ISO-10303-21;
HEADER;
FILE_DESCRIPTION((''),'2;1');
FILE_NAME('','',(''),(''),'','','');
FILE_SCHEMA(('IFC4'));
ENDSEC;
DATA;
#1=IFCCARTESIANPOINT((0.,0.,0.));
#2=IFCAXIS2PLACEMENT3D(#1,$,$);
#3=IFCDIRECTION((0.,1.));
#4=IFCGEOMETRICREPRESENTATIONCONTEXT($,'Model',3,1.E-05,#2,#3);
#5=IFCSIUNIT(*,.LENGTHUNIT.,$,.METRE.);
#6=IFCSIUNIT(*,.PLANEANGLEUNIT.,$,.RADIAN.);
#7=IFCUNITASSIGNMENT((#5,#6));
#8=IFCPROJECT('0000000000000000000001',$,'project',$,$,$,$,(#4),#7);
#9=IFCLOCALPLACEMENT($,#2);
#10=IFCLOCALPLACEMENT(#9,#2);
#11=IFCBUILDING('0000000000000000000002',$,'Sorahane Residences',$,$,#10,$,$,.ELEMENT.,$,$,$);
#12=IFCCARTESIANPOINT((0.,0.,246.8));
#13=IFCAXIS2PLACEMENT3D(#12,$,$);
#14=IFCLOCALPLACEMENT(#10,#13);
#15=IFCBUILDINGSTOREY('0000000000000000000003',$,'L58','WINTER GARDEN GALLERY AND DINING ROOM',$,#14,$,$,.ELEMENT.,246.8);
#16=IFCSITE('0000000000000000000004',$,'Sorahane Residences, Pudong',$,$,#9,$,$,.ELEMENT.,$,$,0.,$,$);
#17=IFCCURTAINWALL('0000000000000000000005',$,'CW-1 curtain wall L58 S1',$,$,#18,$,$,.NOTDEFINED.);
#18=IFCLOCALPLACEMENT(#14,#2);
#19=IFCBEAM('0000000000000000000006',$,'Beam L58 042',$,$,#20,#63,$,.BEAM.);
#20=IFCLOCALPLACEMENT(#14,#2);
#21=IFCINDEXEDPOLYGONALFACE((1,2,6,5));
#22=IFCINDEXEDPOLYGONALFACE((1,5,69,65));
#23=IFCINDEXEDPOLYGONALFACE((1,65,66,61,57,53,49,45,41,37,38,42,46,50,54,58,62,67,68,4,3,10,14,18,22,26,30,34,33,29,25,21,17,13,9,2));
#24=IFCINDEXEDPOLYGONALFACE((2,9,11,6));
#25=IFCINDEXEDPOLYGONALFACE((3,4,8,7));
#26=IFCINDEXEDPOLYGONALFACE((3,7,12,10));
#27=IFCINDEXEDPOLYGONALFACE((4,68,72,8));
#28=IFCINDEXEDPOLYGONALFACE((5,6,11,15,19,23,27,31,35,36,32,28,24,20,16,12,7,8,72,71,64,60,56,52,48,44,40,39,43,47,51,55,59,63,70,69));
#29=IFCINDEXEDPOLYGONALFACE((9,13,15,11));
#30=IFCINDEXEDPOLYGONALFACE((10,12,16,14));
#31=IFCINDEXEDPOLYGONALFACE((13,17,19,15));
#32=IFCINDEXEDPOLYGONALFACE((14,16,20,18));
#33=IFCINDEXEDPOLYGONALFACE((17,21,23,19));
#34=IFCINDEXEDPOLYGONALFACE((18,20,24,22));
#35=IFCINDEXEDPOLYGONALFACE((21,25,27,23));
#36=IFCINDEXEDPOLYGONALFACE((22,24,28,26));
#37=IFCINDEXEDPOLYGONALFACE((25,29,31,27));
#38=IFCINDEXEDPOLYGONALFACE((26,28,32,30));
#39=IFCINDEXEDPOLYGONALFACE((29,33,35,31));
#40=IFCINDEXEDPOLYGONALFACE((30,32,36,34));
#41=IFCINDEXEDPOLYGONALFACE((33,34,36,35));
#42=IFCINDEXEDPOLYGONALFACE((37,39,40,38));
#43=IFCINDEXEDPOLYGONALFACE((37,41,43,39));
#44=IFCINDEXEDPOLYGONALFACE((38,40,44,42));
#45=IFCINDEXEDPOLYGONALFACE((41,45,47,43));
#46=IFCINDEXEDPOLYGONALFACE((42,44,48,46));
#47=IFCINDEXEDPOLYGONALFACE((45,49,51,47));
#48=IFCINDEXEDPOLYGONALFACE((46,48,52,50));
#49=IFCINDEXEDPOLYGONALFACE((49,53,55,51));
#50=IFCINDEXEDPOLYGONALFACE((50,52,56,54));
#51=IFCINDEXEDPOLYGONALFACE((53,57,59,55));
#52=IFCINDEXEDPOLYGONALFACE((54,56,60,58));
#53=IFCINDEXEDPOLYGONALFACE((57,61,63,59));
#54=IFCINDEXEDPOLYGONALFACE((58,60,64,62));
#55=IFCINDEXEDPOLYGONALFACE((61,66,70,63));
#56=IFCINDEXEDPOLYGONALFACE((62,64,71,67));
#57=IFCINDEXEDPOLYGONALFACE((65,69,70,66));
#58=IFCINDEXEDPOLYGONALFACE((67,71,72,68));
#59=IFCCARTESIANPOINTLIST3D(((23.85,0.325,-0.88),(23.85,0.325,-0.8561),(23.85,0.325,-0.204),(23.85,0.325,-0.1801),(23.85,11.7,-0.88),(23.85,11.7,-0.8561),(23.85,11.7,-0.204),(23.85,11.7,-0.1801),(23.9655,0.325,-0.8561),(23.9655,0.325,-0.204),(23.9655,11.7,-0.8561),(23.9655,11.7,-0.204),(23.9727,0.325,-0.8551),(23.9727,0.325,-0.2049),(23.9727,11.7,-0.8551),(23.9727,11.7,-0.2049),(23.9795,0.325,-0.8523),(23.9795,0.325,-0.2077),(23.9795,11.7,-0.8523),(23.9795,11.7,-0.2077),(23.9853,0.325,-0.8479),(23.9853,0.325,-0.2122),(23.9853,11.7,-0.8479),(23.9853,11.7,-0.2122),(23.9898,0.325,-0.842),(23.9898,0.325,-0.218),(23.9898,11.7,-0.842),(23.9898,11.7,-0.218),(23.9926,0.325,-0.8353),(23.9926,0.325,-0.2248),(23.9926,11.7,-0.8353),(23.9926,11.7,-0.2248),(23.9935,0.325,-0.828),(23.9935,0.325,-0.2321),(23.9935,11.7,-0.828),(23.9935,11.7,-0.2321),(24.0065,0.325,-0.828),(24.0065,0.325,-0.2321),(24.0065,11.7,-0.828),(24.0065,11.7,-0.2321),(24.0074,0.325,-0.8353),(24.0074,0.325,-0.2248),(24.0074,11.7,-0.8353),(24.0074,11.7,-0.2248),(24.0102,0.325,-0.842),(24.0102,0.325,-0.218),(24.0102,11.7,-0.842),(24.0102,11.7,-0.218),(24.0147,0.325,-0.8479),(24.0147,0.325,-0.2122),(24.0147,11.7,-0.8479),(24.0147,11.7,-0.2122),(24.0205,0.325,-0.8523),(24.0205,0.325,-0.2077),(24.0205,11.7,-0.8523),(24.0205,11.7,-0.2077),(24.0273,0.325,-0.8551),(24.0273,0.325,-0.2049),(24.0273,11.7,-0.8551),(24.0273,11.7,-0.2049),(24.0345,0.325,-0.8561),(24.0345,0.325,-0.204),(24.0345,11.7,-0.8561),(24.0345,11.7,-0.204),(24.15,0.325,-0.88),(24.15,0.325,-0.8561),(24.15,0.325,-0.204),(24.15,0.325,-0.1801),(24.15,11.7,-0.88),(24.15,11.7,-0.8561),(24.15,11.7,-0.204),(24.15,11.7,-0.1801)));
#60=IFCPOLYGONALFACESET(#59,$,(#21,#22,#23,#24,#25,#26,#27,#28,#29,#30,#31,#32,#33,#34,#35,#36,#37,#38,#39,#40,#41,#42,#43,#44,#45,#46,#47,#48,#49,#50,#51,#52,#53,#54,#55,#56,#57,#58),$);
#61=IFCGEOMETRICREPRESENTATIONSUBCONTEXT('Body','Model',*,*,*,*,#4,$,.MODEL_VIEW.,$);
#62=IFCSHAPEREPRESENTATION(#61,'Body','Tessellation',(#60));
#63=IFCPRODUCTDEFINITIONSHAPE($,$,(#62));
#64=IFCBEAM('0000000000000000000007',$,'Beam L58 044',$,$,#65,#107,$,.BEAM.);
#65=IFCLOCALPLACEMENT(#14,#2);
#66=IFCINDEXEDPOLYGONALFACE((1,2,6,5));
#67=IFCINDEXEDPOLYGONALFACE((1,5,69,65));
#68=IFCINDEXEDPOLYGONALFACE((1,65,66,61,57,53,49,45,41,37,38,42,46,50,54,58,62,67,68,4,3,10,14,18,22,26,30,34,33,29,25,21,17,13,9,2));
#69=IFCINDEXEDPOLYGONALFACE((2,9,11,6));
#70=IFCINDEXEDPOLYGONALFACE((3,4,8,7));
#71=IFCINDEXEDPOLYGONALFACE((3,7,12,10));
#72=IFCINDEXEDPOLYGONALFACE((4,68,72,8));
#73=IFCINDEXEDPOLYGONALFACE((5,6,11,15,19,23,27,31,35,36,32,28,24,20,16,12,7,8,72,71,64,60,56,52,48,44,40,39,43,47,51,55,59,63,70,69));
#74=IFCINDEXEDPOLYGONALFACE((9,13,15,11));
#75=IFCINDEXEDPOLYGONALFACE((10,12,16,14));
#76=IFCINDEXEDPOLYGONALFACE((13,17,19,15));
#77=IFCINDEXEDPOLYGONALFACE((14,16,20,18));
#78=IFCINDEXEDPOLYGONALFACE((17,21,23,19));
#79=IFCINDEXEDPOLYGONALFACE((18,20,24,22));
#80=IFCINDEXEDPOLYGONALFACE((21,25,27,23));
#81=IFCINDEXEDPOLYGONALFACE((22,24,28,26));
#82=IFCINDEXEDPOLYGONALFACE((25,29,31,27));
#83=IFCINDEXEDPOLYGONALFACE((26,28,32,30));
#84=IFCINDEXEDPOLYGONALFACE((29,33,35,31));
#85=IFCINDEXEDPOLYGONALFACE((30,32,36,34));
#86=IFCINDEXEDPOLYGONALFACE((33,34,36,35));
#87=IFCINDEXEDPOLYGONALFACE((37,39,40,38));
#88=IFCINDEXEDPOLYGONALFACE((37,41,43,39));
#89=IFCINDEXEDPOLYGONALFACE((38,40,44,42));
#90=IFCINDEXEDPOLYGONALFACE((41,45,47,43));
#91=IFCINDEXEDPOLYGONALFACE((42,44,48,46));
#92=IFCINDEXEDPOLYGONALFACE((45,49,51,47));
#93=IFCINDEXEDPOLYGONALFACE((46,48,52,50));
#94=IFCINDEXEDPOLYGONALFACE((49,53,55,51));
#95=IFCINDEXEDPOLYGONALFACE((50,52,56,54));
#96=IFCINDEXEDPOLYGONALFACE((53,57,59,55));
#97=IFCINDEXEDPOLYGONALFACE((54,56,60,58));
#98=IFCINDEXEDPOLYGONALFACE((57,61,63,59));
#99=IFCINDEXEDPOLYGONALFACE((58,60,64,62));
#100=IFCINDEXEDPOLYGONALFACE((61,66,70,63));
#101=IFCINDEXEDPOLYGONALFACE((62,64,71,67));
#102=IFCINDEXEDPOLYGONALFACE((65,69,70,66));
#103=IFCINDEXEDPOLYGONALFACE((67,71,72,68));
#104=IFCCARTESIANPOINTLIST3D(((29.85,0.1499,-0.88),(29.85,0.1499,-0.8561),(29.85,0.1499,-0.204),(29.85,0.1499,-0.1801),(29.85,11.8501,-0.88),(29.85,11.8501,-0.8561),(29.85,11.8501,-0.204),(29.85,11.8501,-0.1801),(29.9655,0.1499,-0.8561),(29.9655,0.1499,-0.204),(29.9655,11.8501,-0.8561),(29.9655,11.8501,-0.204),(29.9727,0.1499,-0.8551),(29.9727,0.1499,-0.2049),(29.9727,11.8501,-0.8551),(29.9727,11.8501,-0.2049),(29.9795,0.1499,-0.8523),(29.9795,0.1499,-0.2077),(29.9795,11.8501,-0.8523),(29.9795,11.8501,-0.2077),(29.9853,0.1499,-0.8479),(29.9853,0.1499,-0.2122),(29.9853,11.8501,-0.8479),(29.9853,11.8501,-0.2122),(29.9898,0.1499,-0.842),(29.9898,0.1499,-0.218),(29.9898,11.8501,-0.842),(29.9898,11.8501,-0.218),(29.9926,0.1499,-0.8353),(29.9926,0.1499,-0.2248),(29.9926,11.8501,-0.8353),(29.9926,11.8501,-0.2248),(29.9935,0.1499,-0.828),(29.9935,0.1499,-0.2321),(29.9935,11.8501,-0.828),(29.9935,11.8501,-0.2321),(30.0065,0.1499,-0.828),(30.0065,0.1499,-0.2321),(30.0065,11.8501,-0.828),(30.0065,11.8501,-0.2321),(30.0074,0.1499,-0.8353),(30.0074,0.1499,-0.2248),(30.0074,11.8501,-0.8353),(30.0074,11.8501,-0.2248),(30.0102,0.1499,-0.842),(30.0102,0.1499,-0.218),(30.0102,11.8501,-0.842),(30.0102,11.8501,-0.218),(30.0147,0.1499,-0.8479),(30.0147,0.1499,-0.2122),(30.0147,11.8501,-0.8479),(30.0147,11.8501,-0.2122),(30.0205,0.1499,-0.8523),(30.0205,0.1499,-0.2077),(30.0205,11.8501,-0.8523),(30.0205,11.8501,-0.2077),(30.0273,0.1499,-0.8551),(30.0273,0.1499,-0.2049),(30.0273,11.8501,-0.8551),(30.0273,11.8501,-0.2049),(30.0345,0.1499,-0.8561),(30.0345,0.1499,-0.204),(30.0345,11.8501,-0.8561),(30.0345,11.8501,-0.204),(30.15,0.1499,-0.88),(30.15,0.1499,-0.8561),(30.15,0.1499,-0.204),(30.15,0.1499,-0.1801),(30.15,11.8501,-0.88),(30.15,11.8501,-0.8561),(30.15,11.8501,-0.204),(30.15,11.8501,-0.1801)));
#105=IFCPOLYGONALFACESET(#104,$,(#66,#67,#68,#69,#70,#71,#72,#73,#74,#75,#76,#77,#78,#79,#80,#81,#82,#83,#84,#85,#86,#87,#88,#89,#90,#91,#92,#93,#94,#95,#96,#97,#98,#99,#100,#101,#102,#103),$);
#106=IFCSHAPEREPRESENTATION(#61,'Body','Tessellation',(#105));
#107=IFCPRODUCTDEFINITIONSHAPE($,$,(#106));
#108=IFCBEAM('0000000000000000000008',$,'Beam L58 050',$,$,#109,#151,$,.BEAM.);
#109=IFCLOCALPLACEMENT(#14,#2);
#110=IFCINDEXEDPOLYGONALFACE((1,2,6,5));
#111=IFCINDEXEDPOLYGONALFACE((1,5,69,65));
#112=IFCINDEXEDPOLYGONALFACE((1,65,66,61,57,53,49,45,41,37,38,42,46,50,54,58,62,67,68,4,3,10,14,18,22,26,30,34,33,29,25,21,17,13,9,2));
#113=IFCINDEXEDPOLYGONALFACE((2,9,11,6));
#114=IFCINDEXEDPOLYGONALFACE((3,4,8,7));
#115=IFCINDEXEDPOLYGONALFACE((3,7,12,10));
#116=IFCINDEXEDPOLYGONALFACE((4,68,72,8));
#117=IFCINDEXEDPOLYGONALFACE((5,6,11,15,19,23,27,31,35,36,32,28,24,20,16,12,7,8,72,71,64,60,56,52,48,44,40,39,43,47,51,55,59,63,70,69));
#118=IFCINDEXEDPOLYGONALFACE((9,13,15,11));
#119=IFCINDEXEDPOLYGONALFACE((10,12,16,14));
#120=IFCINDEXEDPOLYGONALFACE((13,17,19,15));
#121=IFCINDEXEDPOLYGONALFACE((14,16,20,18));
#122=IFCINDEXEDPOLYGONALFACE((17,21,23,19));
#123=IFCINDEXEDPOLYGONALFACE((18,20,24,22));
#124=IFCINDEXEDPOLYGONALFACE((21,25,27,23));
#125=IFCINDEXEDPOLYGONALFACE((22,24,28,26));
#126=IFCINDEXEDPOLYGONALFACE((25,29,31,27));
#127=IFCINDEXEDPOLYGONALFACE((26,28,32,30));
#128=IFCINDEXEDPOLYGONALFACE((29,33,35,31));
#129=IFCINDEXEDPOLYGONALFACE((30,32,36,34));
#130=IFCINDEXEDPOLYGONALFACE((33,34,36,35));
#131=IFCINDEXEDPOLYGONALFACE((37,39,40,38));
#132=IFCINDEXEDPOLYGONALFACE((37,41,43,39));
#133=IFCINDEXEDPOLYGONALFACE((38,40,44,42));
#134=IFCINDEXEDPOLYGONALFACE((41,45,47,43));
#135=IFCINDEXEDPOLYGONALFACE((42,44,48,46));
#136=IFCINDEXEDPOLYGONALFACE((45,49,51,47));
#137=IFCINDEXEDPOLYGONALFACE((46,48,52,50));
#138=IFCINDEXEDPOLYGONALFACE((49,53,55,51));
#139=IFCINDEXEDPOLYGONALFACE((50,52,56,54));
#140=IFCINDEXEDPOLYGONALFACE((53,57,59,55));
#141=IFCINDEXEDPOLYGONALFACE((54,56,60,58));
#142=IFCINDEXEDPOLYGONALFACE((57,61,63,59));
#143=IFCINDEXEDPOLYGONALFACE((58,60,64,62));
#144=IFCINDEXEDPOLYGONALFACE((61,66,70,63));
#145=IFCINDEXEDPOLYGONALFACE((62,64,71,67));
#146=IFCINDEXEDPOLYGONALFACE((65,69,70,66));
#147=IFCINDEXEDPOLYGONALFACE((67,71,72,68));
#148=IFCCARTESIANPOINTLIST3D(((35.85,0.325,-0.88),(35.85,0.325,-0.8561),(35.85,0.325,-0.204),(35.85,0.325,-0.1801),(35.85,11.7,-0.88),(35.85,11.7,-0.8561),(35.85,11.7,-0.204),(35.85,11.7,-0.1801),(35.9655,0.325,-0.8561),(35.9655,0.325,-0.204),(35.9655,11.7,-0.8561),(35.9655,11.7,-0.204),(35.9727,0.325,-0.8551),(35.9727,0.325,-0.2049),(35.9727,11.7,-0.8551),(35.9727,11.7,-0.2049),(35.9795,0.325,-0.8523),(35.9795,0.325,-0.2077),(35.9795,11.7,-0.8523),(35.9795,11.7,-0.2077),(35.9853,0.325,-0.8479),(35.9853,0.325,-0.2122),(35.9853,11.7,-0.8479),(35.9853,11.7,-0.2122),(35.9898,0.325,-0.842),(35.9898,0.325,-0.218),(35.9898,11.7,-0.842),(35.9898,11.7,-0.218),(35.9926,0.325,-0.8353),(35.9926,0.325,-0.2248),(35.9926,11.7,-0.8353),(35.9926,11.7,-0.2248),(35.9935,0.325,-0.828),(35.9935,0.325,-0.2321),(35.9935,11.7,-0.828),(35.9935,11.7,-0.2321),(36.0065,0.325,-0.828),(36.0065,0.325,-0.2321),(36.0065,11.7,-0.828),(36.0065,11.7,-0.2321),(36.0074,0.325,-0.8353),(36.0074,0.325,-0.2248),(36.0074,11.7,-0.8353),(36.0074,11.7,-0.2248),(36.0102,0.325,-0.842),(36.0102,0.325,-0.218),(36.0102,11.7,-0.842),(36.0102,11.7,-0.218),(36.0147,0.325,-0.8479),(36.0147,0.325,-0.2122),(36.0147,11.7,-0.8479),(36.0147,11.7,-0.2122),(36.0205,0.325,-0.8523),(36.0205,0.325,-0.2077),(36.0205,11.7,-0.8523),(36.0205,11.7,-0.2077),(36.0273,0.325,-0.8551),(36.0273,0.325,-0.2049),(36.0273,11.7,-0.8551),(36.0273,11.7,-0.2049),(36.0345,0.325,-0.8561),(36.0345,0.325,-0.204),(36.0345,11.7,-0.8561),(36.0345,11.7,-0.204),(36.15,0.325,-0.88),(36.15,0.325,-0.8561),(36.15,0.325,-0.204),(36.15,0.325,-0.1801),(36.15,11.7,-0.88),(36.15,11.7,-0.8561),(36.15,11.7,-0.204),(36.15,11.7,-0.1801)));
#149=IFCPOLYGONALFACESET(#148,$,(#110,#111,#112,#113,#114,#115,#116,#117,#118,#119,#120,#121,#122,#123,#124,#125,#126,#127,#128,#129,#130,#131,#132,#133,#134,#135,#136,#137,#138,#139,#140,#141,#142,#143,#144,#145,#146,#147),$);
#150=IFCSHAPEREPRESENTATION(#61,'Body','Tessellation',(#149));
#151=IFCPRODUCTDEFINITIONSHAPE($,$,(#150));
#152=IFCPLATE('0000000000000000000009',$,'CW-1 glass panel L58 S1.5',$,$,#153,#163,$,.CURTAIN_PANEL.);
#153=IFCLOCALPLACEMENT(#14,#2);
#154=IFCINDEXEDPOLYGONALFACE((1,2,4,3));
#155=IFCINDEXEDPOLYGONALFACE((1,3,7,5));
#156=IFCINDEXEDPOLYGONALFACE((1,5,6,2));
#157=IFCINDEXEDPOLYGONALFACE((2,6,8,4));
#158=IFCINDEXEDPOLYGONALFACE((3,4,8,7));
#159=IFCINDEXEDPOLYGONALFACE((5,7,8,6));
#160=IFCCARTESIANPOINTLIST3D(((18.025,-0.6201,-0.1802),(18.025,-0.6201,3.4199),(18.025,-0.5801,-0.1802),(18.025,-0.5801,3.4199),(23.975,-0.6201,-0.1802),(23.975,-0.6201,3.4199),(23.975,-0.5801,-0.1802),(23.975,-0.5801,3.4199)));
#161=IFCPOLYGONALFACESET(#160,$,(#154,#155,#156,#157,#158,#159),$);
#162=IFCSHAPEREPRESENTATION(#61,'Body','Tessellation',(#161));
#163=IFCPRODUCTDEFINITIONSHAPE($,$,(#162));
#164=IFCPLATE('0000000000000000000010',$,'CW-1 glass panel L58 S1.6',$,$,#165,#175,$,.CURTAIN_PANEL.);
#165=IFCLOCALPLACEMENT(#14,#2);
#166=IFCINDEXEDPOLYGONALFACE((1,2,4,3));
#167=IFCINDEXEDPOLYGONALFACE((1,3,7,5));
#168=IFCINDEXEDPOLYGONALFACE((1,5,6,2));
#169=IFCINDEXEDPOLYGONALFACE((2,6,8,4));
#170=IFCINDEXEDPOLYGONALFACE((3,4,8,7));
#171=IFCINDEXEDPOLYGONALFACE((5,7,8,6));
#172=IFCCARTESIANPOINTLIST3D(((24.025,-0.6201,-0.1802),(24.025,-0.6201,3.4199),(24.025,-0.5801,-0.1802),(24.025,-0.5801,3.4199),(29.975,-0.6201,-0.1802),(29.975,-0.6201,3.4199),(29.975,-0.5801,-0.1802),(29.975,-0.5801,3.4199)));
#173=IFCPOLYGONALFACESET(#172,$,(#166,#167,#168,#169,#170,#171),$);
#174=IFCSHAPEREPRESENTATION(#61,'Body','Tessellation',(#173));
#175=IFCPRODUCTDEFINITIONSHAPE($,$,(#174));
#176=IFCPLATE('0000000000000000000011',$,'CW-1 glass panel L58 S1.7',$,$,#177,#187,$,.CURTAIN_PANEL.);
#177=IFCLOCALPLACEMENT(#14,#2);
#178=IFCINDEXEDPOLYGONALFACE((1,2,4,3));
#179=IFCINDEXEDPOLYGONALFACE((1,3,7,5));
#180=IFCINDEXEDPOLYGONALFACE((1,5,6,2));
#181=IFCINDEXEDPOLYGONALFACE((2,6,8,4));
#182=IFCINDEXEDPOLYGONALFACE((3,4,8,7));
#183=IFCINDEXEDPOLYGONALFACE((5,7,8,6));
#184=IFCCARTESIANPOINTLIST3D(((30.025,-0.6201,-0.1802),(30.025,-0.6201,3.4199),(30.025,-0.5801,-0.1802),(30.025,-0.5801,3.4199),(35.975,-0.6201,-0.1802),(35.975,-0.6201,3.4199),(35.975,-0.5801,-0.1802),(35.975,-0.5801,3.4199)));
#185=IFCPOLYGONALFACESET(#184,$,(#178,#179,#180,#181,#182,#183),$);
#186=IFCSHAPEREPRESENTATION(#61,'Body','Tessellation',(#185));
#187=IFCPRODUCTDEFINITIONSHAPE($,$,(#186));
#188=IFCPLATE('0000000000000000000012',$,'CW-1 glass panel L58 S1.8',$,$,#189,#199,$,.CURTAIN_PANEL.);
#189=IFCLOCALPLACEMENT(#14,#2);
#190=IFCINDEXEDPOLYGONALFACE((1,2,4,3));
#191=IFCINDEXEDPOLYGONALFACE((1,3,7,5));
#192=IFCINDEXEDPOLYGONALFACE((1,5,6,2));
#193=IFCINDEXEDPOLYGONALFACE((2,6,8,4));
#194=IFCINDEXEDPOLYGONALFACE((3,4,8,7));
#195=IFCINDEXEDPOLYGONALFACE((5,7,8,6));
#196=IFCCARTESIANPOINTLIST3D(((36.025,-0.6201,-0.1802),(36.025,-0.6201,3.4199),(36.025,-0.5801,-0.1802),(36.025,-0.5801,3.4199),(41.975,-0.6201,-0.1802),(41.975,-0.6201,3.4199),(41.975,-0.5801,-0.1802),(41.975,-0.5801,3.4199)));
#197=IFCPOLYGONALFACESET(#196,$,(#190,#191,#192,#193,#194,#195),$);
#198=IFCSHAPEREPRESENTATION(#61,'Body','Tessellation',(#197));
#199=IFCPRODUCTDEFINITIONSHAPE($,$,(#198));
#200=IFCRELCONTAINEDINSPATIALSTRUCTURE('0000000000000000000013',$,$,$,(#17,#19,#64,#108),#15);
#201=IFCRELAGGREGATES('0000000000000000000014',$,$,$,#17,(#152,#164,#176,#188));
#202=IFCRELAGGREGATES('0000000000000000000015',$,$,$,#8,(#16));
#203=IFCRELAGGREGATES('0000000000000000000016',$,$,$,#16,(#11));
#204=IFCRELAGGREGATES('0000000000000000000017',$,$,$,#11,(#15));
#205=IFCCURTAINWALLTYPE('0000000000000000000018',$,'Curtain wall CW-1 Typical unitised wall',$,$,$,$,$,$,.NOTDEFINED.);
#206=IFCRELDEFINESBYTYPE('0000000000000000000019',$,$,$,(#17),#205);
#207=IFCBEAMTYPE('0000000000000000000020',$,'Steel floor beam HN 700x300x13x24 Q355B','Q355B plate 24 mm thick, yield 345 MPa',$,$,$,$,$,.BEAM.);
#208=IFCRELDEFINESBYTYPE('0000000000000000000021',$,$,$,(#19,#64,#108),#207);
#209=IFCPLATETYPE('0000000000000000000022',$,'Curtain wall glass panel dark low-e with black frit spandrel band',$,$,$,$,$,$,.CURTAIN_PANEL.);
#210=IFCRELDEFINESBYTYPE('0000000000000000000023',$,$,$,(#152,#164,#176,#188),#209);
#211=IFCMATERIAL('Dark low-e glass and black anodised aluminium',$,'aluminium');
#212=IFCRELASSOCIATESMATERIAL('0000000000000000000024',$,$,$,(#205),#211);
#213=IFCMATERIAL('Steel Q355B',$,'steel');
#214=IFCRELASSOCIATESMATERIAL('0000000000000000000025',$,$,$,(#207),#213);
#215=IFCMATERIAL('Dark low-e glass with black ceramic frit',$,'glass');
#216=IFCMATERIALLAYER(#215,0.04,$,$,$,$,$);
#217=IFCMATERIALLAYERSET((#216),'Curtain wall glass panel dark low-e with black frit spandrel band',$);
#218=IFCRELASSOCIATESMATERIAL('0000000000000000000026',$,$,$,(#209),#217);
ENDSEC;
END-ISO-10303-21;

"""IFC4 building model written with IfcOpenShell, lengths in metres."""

from ifc_helpers import new_model, si_unit, direction, frame, origin, origin_2d, place, context, subcontext, project, spatial, rectangle, i_section, extrude, material, layer, layer_set, material_profile, profile_set, type_object, element, aggregate, save


model = new_model("IFC4")

# Units and contexts
model_context = context("Model", 3, precision=1e-05, world=origin(), true_north=direction((0.0, 1.0)))
body_context = subcontext(model_context, "Body", "Model", "MODEL_VIEW")
ifc_project = project(units=[si_unit("LENGTHUNIT", "METRE"), si_unit("PLANEANGLEUNIT", "RADIAN")], contexts=[model_context])

# Site, building, storey
site_placement = place(None, origin())
site = spatial("IfcSite", under=ifc_project, at=site_placement, Name="Sorahane Residences, Pudong", CompositionType="ELEMENT", RefElevation=0.0)
building_placement = place(site_placement, origin())
building = spatial("IfcBuilding", under=site, at=building_placement, Name="Sorahane Residences", CompositionType="ELEMENT")
storey_placement = place(building_placement, frame((0.0, 0.0, 246.8)))
storey = spatial("IfcBuildingStorey", under=building, at=storey_placement, Name="L58", Description="WINTER GARDEN GALLERY AND DINING ROOM", CompositionType="ELEMENT", Elevation=246.8)

# Curtain wall
ifc_material_1 = material(Name="Dark low-e glass and black anodised aluminium", Category="aluminium")
curtain_wall_type = type_object("IfcCurtainWallType", Name="Curtain wall CW-1 Typical unitised wall", PredefinedType="NOTDEFINED", material=ifc_material_1)
curtain_wall_placement = place(storey_placement, origin())
curtain_wall = element("IfcCurtainWall", 1, at=curtain_wall_placement, inside=storey, type_object=curtain_wall_type, Name="CW-1 curtain wall L58 S1", PredefinedType="NOTDEFINED")

# Beams
ifc_material_2 = material(Name="Steel Q355B", Category="steel")
ifc_material_profile_1 = material_profile(ifc_material_2, i_section(OverallWidth=0.3, OverallDepth=0.7, WebThickness=0.0129, FlangeThickness=0.0239, FilletRadius=0.0281, at=origin_2d()), Name="HN 700x300x13x24")
ifc_profile_set_1 = profile_set([ifc_material_profile_1], Name="Steel Q355B")
beam_type_1 = type_object("IfcBeamType", Name="Steel floor beam HN 700x300x13x24 Q355B", Description="Q355B plate 24 mm thick, yield 345 MPa", PredefinedType="BEAM", material=ifc_profile_set_1)
beam_1_placement = place(storey_placement, frame((24.0, 0.325, -0.53), z_axis=(0.0, 1.0, 0.0), x_axis=(-1.0, 0.0, 0.0)))
element("IfcBeam", 2, at=beam_1_placement, inside=storey, type_object=beam_type_1, Name="Beam L58 042", PredefinedType="BEAM", context=body_context, shape_type="SweptSolid", body=[
    extrude(i_section(OverallWidth=0.3, OverallDepth=0.7, WebThickness=0.0129, FlangeThickness=0.0239, FilletRadius=0.0281, at=origin_2d()), origin(), (0.0, 0.0, 1.0), 11.375),
])
beam_2_placement = place(storey_placement, frame((30.0, 0.1499, -0.53), z_axis=(0.0, 1.0, 0.0), x_axis=(-1.0, 0.0, 0.0)))
element("IfcBeam", 3, at=beam_2_placement, inside=storey, type_object=beam_type_1, Name="Beam L58 044", PredefinedType="BEAM", context=body_context, shape_type="SweptSolid", body=[
    extrude(i_section(OverallWidth=0.3, OverallDepth=0.7, WebThickness=0.0129, FlangeThickness=0.0239, FilletRadius=0.0281, at=origin_2d()), origin(), (0.0, 0.0, 1.0), 11.7002),
])
beam_3_placement = place(storey_placement, frame((36.0, 0.325, -0.53), z_axis=(0.0, 1.0, 0.0), x_axis=(-1.0, 0.0, 0.0)))
element("IfcBeam", 4, at=beam_3_placement, inside=storey, type_object=beam_type_1, Name="Beam L58 050", PredefinedType="BEAM", context=body_context, shape_type="SweptSolid", body=[
    extrude(i_section(OverallWidth=0.3, OverallDepth=0.7, WebThickness=0.0129, FlangeThickness=0.0239, FilletRadius=0.0281, at=origin_2d()), origin(), (0.0, 0.0, 1.0), 11.375),
])

# Plates
ifc_material_3 = material(Name="Dark low-e glass with black ceramic frit", Category="glass")
ifc_layer_1 = layer(ifc_material_3, 0.04)
ifc_layer_set_1 = layer_set([ifc_layer_1], Name="Curtain wall glass panel dark low-e with black frit spandrel band")
plate_type = type_object("IfcPlateType", Name="Curtain wall glass panel dark low-e with black frit spandrel band", PredefinedType="CURTAIN_PANEL", material=ifc_layer_set_1)
plate_1_placement = place(storey_placement, frame((21.0, -0.6001, -0.1802), z_axis=(0.0, 0.0, 1.0), x_axis=(1.0, 0.0, 0.0)))
plate_1 = element("IfcPlate", 5, at=plate_1_placement, type_object=plate_type, Name="CW-1 glass panel L58 S1.5", PredefinedType="CURTAIN_PANEL", context=body_context, shape_type="SweptSolid", body=[
    extrude(rectangle(XDim=5.95, YDim=0.04, at=origin_2d()), origin(), (0.0, 0.0, 1.0), 3.6001),
])
plate_2_placement = place(storey_placement, frame((27.0, -0.6001, -0.1802), z_axis=(0.0, 0.0, 1.0), x_axis=(1.0, 0.0, 0.0)))
plate_2 = element("IfcPlate", 6, at=plate_2_placement, type_object=plate_type, Name="CW-1 glass panel L58 S1.6", PredefinedType="CURTAIN_PANEL", context=body_context, shape_type="SweptSolid", body=[
    extrude(rectangle(XDim=5.95, YDim=0.04, at=origin_2d()), origin(), (0.0, 0.0, 1.0), 3.6001),
])
plate_3_placement = place(storey_placement, frame((33.0, -0.6001, -0.1802), z_axis=(0.0, 0.0, 1.0), x_axis=(1.0, 0.0, 0.0)))
plate_3 = element("IfcPlate", 7, at=plate_3_placement, type_object=plate_type, Name="CW-1 glass panel L58 S1.7", PredefinedType="CURTAIN_PANEL", context=body_context, shape_type="SweptSolid", body=[
    extrude(rectangle(XDim=5.95, YDim=0.04, at=origin_2d()), origin(), (0.0, 0.0, 1.0), 3.6001),
])
plate_4_placement = place(storey_placement, frame((39.0, -0.6001, -0.1802), z_axis=(0.0, 0.0, 1.0), x_axis=(1.0, 0.0, 0.0)))
plate_4 = element("IfcPlate", 8, at=plate_4_placement, type_object=plate_type, Name="CW-1 glass panel L58 S1.8", PredefinedType="CURTAIN_PANEL", context=body_context, shape_type="SweptSolid", body=[
    extrude(rectangle(XDim=5.95, YDim=0.04, at=origin_2d()), origin(), (0.0, 0.0, 1.0), 3.6001),
])
aggregate(curtain_wall, [plate_1, plate_2, plate_3, plate_4])

save(model, "model.ifc")
